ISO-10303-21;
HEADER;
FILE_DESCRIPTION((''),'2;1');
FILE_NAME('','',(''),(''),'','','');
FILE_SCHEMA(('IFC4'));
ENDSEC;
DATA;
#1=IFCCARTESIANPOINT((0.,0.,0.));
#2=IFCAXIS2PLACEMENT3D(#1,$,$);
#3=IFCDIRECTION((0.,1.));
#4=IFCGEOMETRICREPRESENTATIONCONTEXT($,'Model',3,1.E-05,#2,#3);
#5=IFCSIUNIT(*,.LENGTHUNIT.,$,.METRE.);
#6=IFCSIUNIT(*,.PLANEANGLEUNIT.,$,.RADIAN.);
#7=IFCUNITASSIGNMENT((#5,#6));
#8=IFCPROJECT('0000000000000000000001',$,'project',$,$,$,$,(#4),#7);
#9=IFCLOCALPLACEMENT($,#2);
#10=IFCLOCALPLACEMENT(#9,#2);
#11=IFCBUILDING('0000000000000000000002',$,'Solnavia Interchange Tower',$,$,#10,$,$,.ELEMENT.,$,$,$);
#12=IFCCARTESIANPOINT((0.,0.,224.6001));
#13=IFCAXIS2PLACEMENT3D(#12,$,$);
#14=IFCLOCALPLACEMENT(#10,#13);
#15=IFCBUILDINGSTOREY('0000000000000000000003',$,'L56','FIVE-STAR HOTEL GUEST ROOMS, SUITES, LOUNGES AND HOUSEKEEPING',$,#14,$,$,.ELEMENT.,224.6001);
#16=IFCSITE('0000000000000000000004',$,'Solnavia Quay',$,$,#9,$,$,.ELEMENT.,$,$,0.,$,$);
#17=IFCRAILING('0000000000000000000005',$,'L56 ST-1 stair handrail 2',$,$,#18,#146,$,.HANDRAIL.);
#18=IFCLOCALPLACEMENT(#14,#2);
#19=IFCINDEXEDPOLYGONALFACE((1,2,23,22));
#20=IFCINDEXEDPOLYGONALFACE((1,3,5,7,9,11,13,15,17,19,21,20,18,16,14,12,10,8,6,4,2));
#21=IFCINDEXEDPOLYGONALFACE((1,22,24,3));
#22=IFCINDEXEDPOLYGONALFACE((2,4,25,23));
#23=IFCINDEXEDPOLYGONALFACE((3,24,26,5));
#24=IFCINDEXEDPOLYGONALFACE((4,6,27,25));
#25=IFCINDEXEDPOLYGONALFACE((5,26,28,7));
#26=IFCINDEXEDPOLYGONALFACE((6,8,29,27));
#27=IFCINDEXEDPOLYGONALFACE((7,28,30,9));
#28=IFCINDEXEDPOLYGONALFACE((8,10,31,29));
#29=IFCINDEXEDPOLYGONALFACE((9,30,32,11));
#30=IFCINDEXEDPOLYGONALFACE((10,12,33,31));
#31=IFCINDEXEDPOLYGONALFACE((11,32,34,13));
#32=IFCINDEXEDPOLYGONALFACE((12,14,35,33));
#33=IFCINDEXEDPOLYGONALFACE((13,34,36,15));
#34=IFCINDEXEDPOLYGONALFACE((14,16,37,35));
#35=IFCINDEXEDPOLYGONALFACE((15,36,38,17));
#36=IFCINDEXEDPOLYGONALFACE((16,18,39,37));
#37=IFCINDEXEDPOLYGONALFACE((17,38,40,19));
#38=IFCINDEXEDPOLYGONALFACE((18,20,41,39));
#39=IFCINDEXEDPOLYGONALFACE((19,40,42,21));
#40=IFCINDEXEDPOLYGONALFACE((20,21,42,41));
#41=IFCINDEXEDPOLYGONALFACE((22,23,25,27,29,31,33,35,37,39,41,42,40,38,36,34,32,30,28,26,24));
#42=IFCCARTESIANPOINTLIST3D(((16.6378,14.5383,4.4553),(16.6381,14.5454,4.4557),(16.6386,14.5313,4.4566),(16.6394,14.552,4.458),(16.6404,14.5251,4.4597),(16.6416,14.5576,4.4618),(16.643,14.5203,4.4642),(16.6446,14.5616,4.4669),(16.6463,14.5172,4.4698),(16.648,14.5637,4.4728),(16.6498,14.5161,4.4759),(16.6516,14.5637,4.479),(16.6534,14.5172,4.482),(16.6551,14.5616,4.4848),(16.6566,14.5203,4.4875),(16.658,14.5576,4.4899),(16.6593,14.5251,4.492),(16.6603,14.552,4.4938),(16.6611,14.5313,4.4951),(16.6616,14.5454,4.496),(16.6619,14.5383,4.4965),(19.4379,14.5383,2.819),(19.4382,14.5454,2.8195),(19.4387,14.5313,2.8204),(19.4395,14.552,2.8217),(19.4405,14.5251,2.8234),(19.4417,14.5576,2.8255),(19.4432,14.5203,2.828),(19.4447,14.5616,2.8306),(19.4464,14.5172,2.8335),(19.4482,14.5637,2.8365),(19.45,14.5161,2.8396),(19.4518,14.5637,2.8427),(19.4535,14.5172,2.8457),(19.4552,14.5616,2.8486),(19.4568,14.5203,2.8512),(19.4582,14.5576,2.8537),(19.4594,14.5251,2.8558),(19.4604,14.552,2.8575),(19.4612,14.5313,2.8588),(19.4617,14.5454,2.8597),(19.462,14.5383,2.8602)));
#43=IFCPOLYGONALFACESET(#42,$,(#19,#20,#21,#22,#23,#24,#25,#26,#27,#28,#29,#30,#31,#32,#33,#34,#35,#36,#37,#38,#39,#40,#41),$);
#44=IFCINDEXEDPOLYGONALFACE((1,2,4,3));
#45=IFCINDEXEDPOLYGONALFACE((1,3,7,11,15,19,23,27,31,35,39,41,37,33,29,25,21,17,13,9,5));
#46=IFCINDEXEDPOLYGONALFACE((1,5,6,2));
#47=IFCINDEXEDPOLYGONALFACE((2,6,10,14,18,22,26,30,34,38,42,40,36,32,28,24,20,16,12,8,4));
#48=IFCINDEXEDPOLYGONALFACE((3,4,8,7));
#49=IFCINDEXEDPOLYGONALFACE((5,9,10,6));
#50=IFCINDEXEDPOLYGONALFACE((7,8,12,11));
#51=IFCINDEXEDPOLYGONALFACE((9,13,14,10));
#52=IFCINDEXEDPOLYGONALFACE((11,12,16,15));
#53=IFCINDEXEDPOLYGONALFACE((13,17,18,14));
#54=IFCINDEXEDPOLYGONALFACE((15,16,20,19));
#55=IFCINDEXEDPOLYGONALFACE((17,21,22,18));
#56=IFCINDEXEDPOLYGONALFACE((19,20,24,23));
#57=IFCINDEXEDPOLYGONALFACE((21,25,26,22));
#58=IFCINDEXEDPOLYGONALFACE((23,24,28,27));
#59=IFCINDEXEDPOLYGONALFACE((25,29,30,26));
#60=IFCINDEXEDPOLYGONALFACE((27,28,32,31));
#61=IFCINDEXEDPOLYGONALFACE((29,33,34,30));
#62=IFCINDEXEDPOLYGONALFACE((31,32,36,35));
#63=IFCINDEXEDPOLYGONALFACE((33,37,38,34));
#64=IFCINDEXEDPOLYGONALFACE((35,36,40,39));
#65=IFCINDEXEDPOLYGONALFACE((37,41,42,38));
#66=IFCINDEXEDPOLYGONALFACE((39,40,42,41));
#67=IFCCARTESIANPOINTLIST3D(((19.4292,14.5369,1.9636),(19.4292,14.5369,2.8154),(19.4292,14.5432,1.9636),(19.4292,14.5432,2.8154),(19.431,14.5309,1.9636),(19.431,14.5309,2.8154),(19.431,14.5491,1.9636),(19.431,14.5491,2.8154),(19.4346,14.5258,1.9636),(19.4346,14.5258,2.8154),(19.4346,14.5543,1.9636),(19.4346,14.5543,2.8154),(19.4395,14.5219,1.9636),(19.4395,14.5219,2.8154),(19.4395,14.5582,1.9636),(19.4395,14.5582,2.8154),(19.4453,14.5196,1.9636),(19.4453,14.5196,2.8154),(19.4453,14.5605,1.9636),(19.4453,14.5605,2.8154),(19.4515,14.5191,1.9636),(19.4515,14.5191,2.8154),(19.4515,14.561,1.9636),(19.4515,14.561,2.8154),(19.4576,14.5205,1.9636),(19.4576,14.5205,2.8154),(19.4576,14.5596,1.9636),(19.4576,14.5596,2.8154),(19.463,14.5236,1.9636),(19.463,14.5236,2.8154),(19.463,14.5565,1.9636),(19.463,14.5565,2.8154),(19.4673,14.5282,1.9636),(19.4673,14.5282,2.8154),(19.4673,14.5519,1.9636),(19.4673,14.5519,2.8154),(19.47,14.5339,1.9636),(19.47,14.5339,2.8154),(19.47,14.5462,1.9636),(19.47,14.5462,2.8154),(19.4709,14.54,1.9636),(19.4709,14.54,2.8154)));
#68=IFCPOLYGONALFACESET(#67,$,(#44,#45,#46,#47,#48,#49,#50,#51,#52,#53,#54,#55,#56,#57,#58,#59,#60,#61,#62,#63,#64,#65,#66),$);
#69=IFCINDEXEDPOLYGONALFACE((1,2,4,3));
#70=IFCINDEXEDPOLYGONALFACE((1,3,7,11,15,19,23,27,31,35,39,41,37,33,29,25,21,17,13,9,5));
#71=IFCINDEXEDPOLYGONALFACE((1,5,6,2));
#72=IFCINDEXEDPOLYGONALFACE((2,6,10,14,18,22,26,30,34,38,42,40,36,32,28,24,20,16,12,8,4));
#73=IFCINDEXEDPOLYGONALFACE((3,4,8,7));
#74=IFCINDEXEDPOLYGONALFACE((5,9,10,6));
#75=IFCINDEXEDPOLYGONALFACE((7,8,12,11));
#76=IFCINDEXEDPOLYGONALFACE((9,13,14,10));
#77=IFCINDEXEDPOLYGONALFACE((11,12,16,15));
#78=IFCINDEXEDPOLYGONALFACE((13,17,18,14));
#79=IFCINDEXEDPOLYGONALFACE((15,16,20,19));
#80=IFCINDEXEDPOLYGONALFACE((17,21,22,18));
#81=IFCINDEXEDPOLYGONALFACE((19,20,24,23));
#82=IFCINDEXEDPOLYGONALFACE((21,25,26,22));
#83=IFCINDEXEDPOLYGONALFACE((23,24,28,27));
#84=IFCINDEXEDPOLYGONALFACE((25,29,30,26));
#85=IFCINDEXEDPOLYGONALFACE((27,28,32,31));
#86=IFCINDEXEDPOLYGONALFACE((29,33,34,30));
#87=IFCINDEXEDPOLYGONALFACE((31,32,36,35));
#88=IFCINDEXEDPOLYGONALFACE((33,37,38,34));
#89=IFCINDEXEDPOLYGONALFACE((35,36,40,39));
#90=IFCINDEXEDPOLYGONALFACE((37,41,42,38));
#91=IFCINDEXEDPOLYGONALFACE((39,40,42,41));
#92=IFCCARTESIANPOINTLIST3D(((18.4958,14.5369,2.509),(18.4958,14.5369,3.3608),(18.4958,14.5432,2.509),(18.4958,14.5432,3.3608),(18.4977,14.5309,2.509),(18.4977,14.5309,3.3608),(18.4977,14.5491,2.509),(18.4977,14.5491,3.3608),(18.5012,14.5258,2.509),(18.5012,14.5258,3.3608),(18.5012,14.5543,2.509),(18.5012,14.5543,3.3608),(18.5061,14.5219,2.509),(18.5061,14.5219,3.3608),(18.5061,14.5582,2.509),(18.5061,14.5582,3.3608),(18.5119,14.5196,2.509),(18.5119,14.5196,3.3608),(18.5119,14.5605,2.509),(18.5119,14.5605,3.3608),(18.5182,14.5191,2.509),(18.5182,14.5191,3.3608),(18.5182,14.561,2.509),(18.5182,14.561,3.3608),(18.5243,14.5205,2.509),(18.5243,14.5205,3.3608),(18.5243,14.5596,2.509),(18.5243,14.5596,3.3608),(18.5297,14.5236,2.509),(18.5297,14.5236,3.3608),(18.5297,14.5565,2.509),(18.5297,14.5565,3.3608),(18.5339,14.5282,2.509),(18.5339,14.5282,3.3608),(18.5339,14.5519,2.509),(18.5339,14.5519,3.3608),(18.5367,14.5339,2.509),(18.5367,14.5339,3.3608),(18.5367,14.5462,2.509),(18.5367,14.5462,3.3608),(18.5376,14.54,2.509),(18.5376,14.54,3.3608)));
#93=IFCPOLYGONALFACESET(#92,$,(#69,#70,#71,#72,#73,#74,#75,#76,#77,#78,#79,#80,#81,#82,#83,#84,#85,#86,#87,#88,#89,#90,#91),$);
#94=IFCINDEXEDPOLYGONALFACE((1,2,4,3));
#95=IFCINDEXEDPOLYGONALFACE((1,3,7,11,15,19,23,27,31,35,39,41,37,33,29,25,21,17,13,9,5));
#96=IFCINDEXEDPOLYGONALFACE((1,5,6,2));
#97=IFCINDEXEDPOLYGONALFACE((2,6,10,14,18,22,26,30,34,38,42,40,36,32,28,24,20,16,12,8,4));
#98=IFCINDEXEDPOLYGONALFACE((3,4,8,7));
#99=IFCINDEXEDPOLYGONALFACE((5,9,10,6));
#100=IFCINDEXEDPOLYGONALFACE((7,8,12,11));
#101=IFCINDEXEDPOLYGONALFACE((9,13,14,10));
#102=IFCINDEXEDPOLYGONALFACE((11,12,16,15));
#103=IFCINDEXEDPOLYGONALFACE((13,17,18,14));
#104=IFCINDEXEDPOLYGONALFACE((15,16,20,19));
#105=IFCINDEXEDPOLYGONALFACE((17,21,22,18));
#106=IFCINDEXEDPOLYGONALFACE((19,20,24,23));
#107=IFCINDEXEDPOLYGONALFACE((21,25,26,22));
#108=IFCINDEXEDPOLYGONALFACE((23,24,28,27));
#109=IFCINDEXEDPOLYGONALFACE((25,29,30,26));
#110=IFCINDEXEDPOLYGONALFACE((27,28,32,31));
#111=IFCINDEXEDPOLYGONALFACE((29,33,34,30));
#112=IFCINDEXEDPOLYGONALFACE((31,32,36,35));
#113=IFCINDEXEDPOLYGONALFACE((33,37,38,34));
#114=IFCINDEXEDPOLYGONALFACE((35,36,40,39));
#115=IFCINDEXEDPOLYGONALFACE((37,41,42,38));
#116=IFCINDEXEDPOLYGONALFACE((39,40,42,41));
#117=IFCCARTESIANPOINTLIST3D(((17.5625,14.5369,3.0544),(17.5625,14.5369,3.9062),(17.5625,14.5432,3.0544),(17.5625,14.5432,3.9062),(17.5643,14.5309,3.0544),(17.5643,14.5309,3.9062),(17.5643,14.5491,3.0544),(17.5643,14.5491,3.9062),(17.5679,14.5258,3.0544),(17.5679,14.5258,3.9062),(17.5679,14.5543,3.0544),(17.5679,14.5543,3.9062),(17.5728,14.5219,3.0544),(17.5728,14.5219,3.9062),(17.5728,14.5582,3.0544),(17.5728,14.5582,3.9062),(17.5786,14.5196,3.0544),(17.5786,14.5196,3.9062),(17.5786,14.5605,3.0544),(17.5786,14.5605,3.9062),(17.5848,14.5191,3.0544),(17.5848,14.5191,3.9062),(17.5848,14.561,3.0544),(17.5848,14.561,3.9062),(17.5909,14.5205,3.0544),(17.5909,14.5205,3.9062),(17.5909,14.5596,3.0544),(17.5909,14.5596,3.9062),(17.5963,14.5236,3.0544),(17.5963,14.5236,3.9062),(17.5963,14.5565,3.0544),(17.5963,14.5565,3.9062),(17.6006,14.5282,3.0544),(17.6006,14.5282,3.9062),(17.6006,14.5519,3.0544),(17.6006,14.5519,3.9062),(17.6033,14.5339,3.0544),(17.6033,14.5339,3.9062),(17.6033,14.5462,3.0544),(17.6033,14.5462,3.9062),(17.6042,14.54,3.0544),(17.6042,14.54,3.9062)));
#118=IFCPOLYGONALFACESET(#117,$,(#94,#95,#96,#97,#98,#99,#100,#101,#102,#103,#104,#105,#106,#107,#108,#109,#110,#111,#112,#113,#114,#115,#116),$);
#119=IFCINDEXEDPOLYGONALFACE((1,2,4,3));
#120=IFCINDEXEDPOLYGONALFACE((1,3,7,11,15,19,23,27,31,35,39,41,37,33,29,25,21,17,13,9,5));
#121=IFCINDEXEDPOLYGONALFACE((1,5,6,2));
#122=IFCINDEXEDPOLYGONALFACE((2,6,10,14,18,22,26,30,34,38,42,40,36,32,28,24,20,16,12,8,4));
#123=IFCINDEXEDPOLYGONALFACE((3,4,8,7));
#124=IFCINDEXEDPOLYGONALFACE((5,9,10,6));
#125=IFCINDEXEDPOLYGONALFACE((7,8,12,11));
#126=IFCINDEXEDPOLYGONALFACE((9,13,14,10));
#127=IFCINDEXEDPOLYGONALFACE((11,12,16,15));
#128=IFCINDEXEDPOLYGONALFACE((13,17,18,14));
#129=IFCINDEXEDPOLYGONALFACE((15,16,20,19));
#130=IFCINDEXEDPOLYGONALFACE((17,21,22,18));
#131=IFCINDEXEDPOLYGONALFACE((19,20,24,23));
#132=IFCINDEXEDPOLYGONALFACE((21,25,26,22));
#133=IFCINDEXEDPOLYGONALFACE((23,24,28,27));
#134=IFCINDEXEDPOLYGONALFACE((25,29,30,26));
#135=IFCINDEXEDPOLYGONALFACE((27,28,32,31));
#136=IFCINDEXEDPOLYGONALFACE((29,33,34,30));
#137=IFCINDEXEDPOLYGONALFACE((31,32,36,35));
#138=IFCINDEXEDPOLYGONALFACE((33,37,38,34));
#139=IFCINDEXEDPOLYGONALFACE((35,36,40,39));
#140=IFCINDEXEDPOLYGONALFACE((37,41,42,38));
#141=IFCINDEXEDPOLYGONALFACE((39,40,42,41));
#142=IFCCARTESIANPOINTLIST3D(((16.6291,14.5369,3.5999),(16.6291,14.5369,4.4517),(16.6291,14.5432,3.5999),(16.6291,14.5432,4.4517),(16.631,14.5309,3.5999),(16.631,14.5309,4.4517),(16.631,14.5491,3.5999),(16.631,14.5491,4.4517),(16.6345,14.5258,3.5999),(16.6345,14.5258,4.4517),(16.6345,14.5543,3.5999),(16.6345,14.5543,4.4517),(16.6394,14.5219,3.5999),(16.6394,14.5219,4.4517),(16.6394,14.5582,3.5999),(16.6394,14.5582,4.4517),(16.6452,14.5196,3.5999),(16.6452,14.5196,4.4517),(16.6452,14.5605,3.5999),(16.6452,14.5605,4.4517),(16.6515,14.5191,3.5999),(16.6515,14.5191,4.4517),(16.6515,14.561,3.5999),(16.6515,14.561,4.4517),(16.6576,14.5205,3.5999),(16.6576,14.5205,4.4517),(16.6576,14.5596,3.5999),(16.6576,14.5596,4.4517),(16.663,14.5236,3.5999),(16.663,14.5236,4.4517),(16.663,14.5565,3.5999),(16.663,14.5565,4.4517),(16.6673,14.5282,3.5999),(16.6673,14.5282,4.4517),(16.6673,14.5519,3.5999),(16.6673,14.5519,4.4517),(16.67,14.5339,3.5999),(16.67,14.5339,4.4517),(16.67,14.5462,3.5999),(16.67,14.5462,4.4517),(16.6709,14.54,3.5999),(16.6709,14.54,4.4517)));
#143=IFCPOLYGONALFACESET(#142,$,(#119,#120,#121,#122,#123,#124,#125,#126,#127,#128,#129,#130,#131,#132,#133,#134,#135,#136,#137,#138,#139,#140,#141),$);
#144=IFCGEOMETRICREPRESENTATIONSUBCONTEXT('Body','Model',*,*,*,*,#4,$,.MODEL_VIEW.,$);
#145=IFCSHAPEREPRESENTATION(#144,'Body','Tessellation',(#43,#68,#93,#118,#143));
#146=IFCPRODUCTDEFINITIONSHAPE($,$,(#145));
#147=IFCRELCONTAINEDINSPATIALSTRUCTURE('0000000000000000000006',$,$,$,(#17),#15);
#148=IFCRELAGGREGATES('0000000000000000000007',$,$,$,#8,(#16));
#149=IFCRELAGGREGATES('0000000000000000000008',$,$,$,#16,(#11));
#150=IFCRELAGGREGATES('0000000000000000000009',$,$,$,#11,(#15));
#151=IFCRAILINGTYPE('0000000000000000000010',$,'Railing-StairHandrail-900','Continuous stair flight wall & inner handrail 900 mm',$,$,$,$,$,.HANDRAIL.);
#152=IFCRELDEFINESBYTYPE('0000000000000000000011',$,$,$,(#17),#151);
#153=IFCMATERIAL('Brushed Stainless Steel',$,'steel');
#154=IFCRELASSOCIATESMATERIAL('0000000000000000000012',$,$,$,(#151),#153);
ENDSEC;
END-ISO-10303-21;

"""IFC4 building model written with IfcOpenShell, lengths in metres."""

from ifc_helpers import new_model, si_unit, direction, frame, origin, origin_2d, place, context, subcontext, project, spatial, circle, extrude, material, type_object, element, save


model = new_model("IFC4")

# Units and contexts
model_context = context("Model", 3, precision=1e-05, world=origin(), true_north=direction((0.0, 1.0)))
body_context = subcontext(model_context, "Body", "Model", "MODEL_VIEW")
ifc_project = project(units=[si_unit("LENGTHUNIT", "METRE"), si_unit("PLANEANGLEUNIT", "RADIAN")], contexts=[model_context])

# Site, building, storey
site_placement = place(None, origin())
site = spatial("IfcSite", under=ifc_project, at=site_placement, Name="Solnavia Quay", CompositionType="ELEMENT", RefElevation=0.0)
building_placement = place(site_placement, origin())
building = spatial("IfcBuilding", under=site, at=building_placement, Name="Solnavia Interchange Tower", CompositionType="ELEMENT")
storey_placement = place(building_placement, frame((0.0, 0.0, 224.6001)))
storey = spatial("IfcBuildingStorey", under=building, at=storey_placement, Name="L56", Description="FIVE-STAR HOTEL GUEST ROOMS, SUITES, LOUNGES AND HOUSEKEEPING", CompositionType="ELEMENT", Elevation=224.6001)

# Railing
ifc_material_1 = material(Name="Brushed Stainless Steel", Category="steel")
railing_type_1 = type_object("IfcRailingType", Name="Railing-StairHandrail-900", Description="Continuous stair flight wall & inner handrail 900 mm", PredefinedType="HANDRAIL", material=ifc_material_1)
railing_1_placement = place(storey_placement, frame((19.45, 14.54, 1.9636)))
element("IfcRailing", 1, at=railing_1_placement, inside=storey, type_object=railing_type_1, Name="L56 ST-1 stair handrail 2", PredefinedType="HANDRAIL", context=body_context, shape_type="SweptSolid", body=[
    extrude(circle(Radius=0.0239, at=origin_2d()), frame((0.0, 0.0, 0.876), z_axis=(-0.863394, 0.0, 0.504531), x_axis=(0.0, -1.0, 0.0)), (0.0, 0.0, 1.0), 3.2432),
    extrude(circle(Radius=0.021, at=origin_2d()), origin(), (0.0, 0.0, 1.0), 0.8518),
    extrude(circle(Radius=0.021, at=origin_2d()), frame((-0.9333, 0.0, 0.5454)), (0.0, 0.0, 1.0), 0.8518),
    extrude(circle(Radius=0.021, at=origin_2d()), frame((-1.8667, 0.0, 1.0908)), (0.0, 0.0, 1.0), 0.8518),
    extrude(circle(Radius=0.021, at=origin_2d()), frame((-2.8, 0.0, 1.6362)), (0.0, 0.0, 1.0), 0.8518),
])

save(model, "model.ifc")
